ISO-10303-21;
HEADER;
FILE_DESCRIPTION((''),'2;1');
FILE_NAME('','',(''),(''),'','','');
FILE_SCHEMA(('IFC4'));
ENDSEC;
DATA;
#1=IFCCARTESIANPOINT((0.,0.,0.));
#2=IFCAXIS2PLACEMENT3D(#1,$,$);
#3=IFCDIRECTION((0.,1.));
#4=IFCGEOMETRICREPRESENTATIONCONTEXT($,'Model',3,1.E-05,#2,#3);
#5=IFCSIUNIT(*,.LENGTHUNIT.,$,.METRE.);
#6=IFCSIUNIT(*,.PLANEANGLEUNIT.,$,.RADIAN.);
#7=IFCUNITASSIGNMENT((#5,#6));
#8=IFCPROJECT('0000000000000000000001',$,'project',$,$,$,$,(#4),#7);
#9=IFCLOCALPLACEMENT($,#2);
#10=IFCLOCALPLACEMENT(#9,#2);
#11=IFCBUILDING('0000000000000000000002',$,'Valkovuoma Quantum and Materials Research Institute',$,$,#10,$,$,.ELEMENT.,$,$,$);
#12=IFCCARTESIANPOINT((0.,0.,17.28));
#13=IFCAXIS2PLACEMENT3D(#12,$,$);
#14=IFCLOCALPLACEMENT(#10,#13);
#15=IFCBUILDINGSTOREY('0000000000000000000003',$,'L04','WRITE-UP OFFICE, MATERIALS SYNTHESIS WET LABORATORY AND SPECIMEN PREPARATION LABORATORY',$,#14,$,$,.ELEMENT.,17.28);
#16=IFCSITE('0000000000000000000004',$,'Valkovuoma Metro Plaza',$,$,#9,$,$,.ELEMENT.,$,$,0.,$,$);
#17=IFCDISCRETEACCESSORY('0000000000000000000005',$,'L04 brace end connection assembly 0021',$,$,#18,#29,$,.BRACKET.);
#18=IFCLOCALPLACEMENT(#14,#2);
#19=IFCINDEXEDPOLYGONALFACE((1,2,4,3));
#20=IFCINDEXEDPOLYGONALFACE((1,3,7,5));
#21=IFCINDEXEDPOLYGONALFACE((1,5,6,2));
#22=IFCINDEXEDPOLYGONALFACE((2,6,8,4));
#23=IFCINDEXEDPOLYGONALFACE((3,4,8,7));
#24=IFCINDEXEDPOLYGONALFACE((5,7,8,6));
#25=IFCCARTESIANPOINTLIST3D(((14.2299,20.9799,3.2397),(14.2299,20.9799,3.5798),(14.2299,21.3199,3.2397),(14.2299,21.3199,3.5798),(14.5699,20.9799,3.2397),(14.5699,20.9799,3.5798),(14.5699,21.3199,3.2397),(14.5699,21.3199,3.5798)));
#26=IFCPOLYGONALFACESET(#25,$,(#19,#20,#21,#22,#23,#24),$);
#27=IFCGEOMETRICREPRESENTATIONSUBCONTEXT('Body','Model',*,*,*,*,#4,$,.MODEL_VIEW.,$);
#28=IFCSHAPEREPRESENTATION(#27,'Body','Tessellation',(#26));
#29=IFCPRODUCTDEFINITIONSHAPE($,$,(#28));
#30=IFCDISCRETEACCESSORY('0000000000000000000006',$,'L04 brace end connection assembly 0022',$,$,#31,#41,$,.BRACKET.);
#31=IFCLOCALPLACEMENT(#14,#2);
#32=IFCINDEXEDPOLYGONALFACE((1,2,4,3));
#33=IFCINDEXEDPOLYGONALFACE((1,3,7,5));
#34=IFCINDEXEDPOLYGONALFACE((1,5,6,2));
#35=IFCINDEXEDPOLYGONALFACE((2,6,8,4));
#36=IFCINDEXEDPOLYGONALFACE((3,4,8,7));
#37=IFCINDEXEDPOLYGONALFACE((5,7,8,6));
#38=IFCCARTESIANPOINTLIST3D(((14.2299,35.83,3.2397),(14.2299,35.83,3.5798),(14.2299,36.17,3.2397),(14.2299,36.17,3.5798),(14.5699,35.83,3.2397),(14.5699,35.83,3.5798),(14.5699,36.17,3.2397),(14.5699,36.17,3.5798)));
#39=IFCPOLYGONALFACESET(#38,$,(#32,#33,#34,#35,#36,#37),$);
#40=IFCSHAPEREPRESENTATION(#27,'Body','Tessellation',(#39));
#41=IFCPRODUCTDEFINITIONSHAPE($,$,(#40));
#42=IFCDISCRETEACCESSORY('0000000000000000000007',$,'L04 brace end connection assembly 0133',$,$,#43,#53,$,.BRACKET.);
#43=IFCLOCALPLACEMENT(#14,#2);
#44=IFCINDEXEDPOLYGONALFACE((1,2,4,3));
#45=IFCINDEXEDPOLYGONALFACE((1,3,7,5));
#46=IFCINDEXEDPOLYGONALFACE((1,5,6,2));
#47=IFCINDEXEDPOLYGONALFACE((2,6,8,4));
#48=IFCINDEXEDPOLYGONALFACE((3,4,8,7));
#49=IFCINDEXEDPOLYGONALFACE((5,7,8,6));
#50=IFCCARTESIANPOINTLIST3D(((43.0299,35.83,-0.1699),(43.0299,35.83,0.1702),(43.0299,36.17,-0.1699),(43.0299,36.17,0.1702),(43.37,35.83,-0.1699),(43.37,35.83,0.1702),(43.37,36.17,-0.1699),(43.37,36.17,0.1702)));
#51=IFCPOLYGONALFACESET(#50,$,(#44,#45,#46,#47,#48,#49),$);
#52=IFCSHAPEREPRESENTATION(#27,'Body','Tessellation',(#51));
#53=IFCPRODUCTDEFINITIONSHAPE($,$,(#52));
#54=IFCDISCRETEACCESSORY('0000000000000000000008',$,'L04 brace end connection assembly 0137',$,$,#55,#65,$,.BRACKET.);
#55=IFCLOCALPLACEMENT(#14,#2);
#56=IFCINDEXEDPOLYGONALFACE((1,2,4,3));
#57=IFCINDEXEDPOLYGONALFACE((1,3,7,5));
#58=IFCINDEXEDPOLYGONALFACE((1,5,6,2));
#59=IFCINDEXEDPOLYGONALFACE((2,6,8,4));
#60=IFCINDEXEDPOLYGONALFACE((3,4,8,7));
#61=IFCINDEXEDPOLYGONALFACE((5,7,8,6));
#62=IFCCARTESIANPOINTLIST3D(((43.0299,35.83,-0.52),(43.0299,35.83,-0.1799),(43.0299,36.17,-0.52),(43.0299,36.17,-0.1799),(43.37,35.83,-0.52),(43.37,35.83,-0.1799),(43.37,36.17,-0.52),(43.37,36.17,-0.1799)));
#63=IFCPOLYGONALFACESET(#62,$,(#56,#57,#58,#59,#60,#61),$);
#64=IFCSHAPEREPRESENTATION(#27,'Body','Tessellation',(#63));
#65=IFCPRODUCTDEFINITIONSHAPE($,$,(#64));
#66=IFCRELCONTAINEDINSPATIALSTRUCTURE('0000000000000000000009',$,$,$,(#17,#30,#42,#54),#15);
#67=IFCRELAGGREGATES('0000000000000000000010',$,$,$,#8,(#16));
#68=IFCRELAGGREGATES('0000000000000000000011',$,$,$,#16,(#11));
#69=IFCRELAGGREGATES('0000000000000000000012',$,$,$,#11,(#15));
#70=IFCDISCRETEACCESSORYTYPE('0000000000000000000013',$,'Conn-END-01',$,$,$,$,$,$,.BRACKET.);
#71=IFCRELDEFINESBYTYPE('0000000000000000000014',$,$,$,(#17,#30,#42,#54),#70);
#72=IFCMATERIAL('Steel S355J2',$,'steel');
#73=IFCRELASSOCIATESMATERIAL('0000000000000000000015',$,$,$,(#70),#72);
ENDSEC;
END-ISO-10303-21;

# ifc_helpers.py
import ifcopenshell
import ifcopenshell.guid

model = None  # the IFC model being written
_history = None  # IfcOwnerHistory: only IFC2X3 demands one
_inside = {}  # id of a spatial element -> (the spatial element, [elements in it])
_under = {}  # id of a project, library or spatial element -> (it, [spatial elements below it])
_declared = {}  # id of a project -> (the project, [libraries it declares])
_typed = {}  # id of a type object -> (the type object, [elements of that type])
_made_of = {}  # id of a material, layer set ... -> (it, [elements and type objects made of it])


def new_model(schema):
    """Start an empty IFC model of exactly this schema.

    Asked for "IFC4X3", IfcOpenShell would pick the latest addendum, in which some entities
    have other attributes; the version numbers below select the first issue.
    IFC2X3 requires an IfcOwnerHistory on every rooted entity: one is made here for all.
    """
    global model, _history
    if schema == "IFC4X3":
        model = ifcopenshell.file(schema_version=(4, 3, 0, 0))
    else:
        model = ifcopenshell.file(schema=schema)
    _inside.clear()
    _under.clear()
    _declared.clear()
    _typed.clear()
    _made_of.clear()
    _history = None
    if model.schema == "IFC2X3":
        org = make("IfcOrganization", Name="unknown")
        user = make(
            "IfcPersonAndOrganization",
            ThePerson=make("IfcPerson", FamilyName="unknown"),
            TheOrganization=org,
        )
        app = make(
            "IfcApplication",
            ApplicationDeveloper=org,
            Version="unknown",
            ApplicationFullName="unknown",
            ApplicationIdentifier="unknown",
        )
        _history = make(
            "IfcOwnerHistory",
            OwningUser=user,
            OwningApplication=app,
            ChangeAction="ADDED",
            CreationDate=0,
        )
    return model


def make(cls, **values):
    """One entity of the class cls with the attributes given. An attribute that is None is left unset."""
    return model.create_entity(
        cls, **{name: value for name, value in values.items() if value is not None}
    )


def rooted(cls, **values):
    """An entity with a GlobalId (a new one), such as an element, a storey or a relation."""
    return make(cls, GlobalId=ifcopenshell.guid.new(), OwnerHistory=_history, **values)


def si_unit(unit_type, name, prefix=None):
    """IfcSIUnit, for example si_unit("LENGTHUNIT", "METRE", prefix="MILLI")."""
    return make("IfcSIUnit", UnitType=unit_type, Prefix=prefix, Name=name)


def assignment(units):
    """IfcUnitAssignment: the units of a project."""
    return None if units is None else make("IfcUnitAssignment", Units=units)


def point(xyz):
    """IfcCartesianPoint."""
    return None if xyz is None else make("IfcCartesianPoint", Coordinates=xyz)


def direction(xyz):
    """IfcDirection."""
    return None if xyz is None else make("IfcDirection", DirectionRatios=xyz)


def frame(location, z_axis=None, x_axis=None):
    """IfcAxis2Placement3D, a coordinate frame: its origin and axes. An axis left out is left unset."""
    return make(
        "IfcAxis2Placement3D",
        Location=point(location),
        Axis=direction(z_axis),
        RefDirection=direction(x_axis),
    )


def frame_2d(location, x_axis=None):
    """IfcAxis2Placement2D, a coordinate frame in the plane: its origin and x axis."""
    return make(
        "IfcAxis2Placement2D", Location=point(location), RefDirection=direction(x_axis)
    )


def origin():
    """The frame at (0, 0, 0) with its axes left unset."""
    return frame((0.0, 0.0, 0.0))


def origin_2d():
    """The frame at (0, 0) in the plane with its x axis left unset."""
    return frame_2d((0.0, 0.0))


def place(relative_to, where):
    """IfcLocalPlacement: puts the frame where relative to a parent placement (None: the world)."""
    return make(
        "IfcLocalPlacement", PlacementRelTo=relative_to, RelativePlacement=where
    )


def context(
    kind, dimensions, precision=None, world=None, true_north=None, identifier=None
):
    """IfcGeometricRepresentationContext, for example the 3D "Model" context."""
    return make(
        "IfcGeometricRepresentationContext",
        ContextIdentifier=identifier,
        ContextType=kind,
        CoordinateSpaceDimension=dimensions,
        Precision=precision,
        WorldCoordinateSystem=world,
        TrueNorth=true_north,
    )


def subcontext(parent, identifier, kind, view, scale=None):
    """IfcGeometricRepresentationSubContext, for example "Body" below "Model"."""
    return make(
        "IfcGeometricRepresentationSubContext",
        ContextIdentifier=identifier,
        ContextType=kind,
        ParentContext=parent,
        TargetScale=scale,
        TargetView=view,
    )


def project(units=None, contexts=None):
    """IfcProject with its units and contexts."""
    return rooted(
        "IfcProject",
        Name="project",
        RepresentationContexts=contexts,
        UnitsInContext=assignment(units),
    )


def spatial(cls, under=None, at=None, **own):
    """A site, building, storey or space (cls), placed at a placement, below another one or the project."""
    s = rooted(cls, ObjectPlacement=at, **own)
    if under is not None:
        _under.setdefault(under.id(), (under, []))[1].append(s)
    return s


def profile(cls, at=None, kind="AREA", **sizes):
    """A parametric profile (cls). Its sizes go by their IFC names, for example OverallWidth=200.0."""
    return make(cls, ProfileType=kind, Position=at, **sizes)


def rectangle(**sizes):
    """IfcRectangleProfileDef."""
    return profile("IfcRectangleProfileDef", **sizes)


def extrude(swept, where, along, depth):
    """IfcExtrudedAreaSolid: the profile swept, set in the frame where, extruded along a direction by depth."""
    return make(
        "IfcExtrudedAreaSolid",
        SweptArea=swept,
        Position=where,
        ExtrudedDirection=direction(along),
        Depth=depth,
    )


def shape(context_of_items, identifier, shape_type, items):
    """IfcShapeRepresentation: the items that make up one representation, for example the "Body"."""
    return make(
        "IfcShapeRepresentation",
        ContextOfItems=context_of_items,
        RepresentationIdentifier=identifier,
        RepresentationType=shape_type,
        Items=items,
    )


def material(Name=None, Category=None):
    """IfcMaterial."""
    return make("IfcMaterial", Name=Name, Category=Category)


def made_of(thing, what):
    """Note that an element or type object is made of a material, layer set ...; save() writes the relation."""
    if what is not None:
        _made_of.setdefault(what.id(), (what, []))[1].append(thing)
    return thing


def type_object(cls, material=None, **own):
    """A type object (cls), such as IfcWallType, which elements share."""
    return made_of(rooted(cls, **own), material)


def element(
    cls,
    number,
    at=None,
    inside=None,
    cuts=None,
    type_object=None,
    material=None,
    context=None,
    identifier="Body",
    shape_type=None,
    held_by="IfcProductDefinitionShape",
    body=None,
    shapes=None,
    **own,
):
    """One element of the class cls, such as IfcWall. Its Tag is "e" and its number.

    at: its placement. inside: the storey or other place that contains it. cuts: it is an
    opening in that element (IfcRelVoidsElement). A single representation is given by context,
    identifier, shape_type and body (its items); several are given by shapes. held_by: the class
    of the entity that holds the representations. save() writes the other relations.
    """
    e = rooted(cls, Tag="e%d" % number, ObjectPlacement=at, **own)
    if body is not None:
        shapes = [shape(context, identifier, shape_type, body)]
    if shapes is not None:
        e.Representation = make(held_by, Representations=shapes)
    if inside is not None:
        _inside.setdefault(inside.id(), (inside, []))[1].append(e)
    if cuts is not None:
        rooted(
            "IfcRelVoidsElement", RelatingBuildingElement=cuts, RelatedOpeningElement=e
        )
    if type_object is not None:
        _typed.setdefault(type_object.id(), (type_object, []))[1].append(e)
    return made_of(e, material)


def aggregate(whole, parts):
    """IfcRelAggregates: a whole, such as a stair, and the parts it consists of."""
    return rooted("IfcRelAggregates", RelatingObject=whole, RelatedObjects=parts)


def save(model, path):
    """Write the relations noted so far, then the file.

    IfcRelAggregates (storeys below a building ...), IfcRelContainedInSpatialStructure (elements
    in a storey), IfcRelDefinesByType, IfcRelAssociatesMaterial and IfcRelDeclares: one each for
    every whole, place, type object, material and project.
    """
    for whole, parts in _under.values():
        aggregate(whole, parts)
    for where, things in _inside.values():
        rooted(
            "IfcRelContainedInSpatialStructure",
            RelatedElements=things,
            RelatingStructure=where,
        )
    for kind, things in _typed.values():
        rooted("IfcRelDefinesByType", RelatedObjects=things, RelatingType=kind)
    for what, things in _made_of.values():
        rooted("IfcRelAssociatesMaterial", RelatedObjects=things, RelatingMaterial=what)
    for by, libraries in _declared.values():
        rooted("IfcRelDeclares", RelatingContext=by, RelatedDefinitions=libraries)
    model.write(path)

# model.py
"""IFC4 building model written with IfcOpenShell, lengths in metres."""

from ifc_helpers import new_model, si_unit, direction, frame, origin, origin_2d, place, context, subcontext, project, spatial, rectangle, extrude, material, type_object, element, save


model = new_model("IFC4")

# Units and contexts
model_context = context("Model", 3, precision=1e-05, world=origin(), true_north=direction((0.0, 1.0)))
body_context = subcontext(model_context, "Body", "Model", "MODEL_VIEW")
ifc_project = project(units=[si_unit("LENGTHUNIT", "METRE"), si_unit("PLANEANGLEUNIT", "RADIAN")], contexts=[model_context])

# Site, building, storey
site_placement = place(None, origin())
site = spatial("IfcSite", under=ifc_project, at=site_placement, Name="Valkovuoma Metro Plaza", CompositionType="ELEMENT", RefElevation=0.0)
building_placement = place(site_placement, origin())
building = spatial("IfcBuilding", under=site, at=building_placement, Name="Valkovuoma Quantum and Materials Research Institute", CompositionType="ELEMENT")
storey_placement = place(building_placement, frame((0.0, 0.0, 17.28)))
storey = spatial("IfcBuildingStorey", under=building, at=storey_placement, Name="L04", Description="WRITE-UP OFFICE, MATERIALS SYNTHESIS WET LABORATORY AND SPECIMEN PREPARATION LABORATORY", CompositionType="ELEMENT", Elevation=17.28)

# Discrete accessories
ifc_material_1 = material(Name="Steel S355J2", Category="steel")
discrete_accessory_type_1 = type_object("IfcDiscreteAccessoryType", Name="Conn-END-01", PredefinedType="BRACKET", material=ifc_material_1)
for number, where, z_axis, x_axis, name in (
    (1, (14.3999, 21.1499, 3.2397), (0.0, 0.0, 1.0), (1.0, 0.0, 0.0), "L04 brace end connection assembly 0021"),
    (2, (14.3999, 36.0, 3.2397), (0.0, 0.0, 1.0), (1.0, 0.0, 0.0), "L04 brace end connection assembly 0022"),
    (3, (43.2, 36.0, -0.1699), (0.0, 0.0, 1.0), (1.0, 0.0, 0.0), "L04 brace end connection assembly 0133"),
    (4, (43.2, 36.0, -0.52), (0.0, 0.0, 1.0), (1.0, 0.0, 0.0), "L04 brace end connection assembly 0137"),
):
    element("IfcDiscreteAccessory", number, at=place(storey_placement, frame(where, z_axis=z_axis, x_axis=x_axis)), inside=storey, type_object=discrete_accessory_type_1, Name=name, PredefinedType="BRACKET", context=body_context, shape_type="SweptSolid", body=[
        extrude(rectangle(XDim=0.3401, YDim=0.3401, at=origin_2d()), origin(), (0.0, 0.0, 1.0), 0.3401),
    ])

save(model, "model.ifc")
